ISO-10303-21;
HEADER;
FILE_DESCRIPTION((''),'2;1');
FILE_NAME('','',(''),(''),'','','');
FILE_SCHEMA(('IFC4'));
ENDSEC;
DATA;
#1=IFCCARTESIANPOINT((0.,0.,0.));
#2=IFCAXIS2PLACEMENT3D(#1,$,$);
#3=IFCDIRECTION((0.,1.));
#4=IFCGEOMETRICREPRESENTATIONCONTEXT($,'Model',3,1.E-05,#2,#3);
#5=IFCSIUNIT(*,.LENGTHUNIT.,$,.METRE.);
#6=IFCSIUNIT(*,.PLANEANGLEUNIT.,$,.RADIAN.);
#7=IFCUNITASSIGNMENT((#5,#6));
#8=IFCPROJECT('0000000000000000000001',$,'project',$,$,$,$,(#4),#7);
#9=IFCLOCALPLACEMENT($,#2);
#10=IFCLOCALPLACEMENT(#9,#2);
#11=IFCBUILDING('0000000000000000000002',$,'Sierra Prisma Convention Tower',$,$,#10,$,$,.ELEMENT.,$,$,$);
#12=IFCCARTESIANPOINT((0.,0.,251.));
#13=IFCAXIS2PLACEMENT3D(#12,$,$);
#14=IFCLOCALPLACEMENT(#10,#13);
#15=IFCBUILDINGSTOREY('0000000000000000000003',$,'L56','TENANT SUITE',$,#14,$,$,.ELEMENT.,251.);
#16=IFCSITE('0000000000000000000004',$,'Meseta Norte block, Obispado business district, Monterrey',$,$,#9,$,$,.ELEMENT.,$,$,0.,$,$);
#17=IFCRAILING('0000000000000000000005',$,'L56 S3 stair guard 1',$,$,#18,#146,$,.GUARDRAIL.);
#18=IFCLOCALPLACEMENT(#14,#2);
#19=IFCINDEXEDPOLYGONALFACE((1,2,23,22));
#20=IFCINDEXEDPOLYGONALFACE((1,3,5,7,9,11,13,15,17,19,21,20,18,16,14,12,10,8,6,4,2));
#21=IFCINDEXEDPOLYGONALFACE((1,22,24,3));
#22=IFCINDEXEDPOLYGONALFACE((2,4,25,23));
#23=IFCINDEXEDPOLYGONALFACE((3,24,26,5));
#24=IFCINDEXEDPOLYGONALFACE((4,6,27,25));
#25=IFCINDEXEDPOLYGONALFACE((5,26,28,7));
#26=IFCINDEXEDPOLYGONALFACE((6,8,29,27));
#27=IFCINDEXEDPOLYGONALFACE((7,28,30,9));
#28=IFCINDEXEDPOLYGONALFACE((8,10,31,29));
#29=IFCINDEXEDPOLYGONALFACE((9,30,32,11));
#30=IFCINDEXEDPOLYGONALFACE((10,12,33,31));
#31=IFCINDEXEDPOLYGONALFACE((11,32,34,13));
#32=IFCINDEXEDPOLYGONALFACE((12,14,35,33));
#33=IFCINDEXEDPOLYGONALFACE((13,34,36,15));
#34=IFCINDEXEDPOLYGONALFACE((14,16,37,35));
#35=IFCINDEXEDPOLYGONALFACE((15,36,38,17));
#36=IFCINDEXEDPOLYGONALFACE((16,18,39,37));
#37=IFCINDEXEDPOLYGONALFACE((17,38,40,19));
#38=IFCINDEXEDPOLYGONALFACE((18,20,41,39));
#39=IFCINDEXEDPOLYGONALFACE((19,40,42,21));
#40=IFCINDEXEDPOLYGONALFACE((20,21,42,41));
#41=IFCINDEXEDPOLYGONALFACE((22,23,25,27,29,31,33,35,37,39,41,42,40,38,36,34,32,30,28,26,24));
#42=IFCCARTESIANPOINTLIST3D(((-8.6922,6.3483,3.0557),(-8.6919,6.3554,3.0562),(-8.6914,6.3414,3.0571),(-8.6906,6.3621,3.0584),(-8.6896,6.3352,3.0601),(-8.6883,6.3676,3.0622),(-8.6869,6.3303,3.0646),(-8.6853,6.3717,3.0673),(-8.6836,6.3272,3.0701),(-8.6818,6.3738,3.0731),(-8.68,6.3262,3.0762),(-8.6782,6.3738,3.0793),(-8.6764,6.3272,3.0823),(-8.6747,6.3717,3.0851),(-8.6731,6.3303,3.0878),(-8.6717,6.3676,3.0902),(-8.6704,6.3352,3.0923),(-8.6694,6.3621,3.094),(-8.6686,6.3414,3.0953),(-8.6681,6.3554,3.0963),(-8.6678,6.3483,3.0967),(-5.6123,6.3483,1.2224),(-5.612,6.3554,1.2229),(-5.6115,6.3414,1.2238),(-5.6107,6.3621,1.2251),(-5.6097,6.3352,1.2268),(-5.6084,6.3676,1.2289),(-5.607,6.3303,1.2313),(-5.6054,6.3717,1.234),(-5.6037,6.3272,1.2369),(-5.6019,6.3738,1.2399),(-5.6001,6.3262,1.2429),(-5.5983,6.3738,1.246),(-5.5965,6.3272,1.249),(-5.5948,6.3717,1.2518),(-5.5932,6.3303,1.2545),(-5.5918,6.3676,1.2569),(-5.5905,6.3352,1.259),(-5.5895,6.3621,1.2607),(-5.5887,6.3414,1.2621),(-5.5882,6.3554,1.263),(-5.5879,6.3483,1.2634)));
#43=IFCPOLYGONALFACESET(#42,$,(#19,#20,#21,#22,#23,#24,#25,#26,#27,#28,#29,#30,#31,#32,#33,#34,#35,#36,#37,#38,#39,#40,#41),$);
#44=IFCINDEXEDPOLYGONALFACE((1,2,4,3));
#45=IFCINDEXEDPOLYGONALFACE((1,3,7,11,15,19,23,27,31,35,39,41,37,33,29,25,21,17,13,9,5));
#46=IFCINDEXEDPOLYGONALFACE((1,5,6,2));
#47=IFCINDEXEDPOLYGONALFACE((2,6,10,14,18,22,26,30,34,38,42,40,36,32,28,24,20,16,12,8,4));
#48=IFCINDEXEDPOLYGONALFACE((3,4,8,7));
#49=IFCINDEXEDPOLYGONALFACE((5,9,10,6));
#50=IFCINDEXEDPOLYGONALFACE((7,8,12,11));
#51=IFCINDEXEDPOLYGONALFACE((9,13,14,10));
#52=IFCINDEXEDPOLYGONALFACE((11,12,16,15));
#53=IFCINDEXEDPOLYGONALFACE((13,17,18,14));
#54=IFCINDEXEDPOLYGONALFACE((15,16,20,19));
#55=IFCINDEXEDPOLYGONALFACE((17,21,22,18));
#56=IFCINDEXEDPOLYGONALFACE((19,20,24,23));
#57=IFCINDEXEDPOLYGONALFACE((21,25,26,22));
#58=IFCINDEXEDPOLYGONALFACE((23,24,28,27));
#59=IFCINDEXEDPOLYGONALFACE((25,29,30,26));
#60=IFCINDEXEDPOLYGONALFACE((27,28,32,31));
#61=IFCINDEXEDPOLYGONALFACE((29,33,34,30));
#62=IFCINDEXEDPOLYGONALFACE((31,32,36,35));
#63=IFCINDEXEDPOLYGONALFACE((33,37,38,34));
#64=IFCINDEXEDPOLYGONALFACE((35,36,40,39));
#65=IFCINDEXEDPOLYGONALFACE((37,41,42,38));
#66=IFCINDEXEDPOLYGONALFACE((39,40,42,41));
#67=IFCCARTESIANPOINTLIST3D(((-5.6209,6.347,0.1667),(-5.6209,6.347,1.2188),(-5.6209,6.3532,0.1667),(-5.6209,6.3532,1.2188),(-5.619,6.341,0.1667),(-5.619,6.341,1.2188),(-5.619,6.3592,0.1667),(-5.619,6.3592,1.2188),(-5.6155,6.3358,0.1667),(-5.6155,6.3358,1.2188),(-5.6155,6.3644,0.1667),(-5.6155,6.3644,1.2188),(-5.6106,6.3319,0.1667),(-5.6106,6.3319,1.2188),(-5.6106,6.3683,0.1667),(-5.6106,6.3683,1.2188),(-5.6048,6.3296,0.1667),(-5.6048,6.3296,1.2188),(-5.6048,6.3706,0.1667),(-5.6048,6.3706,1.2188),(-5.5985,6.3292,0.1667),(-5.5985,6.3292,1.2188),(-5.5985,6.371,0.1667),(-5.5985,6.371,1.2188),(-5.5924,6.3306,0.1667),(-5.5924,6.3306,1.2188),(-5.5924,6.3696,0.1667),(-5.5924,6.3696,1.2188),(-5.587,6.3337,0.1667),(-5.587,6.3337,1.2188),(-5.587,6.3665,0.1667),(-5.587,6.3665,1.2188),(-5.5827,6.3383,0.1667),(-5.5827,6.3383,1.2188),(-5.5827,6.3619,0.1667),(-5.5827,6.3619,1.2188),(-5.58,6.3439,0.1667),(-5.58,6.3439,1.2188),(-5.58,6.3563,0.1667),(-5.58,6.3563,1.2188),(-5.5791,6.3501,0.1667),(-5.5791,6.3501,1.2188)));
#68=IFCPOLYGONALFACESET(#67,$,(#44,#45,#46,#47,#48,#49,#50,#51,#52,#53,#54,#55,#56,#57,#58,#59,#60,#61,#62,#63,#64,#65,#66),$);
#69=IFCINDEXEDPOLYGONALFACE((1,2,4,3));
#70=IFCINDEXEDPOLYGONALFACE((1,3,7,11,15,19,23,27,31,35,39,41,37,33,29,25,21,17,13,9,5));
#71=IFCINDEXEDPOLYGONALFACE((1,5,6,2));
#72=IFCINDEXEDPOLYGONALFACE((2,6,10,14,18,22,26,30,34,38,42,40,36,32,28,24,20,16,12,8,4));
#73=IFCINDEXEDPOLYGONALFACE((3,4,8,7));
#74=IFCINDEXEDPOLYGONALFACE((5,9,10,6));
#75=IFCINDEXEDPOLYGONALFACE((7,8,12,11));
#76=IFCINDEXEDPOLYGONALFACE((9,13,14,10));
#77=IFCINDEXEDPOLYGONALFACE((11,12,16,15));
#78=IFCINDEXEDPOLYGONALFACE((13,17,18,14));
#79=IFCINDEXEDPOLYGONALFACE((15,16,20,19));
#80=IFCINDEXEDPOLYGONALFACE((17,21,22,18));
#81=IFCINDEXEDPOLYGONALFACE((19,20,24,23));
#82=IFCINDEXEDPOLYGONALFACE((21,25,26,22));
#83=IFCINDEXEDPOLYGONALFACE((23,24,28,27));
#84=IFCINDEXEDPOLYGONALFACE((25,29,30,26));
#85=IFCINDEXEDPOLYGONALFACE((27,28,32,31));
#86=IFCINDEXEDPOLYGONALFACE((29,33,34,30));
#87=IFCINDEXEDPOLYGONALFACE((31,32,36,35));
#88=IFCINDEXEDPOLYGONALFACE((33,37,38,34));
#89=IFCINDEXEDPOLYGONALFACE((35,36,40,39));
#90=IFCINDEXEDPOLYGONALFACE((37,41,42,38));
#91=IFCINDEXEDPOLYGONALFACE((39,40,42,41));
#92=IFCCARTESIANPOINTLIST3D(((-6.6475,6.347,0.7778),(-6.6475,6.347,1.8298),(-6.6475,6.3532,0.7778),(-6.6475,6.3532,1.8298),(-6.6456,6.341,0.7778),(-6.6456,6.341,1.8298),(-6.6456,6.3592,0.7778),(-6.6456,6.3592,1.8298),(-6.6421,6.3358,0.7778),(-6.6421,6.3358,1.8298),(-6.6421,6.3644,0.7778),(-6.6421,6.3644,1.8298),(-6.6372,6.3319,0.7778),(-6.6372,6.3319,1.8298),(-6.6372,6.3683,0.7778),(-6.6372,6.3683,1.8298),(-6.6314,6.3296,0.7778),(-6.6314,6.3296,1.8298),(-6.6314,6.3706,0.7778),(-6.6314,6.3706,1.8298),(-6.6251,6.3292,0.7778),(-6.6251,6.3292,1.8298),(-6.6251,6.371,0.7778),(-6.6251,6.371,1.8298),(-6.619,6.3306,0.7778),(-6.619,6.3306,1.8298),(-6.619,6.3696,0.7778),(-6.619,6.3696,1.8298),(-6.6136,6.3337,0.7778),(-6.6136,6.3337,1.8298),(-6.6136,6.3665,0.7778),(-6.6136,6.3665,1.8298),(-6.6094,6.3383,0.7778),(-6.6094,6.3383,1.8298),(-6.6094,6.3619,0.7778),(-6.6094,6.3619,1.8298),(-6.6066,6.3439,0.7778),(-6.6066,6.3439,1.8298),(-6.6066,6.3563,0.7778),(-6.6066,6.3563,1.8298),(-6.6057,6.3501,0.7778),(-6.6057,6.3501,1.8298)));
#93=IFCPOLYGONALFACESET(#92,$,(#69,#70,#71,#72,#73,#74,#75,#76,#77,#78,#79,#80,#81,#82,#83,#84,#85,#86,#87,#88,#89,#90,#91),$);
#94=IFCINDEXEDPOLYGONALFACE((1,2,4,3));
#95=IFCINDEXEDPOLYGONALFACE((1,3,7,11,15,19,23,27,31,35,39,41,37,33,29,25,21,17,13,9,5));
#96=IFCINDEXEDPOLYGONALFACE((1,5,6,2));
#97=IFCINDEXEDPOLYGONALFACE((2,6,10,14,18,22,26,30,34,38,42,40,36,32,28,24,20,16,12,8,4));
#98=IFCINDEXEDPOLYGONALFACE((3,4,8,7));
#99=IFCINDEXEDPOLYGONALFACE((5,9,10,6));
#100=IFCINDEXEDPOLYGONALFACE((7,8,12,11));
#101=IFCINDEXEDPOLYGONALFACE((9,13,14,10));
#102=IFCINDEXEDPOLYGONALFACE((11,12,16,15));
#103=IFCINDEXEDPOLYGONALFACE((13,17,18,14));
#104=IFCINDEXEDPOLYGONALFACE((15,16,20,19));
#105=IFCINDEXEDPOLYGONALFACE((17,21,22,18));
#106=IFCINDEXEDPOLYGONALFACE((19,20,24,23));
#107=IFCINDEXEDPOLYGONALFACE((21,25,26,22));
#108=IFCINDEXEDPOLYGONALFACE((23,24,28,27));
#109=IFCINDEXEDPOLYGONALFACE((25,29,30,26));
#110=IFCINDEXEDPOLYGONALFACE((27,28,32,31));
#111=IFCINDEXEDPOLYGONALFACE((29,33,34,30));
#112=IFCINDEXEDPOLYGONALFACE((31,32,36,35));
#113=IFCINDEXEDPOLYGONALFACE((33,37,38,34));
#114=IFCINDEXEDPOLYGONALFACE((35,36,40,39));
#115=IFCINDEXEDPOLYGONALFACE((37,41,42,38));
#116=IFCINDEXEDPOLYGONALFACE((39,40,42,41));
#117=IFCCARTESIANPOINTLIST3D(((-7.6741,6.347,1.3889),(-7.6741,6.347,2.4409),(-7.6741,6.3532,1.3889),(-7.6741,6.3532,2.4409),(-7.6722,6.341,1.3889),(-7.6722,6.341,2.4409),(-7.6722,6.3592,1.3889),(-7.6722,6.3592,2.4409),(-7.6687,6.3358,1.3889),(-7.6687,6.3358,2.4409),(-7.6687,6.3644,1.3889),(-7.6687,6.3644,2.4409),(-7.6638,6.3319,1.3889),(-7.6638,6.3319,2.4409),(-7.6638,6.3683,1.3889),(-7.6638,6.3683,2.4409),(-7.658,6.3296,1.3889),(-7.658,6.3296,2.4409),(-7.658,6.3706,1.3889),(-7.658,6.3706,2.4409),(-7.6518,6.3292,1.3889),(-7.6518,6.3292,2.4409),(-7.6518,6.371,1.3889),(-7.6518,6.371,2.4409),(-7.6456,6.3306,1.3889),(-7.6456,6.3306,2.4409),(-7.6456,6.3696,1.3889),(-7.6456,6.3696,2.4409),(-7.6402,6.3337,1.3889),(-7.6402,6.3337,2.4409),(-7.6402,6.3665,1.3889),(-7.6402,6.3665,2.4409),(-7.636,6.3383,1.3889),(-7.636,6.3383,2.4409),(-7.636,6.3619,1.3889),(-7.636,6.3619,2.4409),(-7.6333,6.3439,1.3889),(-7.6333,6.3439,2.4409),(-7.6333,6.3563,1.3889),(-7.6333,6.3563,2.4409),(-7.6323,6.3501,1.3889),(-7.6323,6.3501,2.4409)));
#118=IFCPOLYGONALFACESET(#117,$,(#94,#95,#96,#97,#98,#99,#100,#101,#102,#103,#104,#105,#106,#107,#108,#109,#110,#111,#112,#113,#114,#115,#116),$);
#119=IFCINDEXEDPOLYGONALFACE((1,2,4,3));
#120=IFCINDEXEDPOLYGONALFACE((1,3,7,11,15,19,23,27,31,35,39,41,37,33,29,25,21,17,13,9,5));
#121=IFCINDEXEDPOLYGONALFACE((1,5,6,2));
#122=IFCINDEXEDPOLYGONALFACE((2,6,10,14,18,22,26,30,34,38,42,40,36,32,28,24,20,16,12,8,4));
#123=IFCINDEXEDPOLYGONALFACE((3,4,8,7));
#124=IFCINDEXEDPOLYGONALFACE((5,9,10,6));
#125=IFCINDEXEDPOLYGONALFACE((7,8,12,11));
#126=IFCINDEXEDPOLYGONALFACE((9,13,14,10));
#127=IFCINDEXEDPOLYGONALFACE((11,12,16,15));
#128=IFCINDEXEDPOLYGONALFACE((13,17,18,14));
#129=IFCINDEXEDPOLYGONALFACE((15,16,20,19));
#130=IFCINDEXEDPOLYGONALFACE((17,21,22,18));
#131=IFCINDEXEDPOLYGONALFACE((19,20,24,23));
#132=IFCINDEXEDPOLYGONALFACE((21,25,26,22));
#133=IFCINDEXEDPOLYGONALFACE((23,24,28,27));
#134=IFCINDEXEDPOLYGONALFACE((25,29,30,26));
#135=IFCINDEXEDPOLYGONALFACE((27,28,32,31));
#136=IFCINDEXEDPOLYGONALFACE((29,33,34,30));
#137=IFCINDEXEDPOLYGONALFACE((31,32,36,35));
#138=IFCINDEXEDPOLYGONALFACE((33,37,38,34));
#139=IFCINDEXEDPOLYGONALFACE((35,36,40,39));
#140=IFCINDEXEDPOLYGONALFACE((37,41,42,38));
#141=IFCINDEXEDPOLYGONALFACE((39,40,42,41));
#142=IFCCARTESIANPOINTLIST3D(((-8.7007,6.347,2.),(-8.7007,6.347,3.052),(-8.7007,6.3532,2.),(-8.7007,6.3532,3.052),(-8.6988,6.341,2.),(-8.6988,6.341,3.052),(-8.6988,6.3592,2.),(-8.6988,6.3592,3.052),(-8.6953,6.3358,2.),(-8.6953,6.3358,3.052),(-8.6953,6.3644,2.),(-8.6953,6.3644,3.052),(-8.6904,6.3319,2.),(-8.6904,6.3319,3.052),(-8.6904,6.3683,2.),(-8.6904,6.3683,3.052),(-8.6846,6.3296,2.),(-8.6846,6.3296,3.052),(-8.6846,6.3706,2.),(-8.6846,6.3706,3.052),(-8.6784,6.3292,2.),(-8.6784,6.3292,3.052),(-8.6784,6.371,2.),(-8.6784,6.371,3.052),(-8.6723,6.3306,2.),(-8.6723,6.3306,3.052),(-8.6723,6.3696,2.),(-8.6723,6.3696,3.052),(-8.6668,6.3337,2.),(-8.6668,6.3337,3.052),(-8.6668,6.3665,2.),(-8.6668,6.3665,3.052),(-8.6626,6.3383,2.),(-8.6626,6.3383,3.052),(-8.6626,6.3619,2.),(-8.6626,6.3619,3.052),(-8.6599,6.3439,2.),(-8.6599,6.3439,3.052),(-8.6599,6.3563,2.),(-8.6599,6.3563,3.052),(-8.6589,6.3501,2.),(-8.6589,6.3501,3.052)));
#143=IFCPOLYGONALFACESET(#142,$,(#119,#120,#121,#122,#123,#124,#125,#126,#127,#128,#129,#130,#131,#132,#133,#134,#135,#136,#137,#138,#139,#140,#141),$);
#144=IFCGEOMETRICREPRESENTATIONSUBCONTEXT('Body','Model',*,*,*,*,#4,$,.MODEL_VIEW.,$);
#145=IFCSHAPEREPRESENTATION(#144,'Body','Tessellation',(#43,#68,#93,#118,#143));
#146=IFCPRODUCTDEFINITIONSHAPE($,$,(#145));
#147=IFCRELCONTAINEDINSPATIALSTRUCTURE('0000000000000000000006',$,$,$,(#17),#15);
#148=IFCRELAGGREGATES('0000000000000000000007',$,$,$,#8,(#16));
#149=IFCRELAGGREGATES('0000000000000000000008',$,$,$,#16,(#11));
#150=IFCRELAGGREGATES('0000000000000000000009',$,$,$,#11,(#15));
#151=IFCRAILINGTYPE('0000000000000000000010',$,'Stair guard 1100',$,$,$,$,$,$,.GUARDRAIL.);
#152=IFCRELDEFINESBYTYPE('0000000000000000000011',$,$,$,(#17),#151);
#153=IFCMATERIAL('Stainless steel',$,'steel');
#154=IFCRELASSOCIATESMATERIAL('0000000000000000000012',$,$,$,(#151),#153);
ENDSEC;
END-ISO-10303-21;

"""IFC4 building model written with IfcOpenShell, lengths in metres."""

from ifc_helpers import new_model, si_unit, direction, frame, origin, origin_2d, place, context, subcontext, project, spatial, circle, extrude, material, type_object, element, save


model = new_model("IFC4")

# Units and contexts
model_context = context("Model", 3, precision=1e-05, world=origin(), true_north=direction((0.0, 1.0)))
body_context = subcontext(model_context, "Body", "Model", "MODEL_VIEW")
ifc_project = project(units=[si_unit("LENGTHUNIT", "METRE"), si_unit("PLANEANGLEUNIT", "RADIAN")], contexts=[model_context])

# Site, building, storey
site_placement = place(None, origin())
site = spatial("IfcSite", under=ifc_project, at=site_placement, Name="Meseta Norte block, Obispado business district, Monterrey", CompositionType="ELEMENT", RefElevation=0.0)
building_placement = place(site_placement, origin())
building = spatial("IfcBuilding", under=site, at=building_placement, Name="Sierra Prisma Convention Tower", CompositionType="ELEMENT")
storey_placement = place(building_placement, frame((0.0, 0.0, 251.0)))
storey = spatial("IfcBuildingStorey", under=building, at=storey_placement, Name="L56", Description="TENANT SUITE", CompositionType="ELEMENT", Elevation=251.0)

# Railing
ifc_material_1 = material(Name="Stainless steel", Category="steel")
railing_type_1 = type_object("IfcRailingType", Name="Stair guard 1100", PredefinedType="GUARDRAIL", material=ifc_material_1)
railing_1_placement = place(storey_placement, frame((-5.6001, 6.3501, 0.1667)))
element("IfcRailing", 1, at=railing_1_placement, inside=storey, type_object=railing_type_1, Name="L56 S3 stair guard 1", PredefinedType="GUARDRAIL", context=body_context, shape_type="SweptSolid", body=[
    extrude(circle(Radius=0.0239, at=origin_2d()), frame((0.0, 0.0, 1.0762), z_axis=(-0.859291, 0.0, 0.511487), x_axis=(0.0, -1.0, 0.0)), (0.0, 0.0, 1.0), 3.5842),
    extrude(circle(Radius=0.021, at=origin_2d()), origin(), (0.0, 0.0, 1.0), 1.052),
    extrude(circle(Radius=0.021, at=origin_2d()), frame((-1.0266, 0.0, 0.6111)), (0.0, 0.0, 1.0), 1.052),
    extrude(circle(Radius=0.021, at=origin_2d()), frame((-2.0532, 0.0, 1.2222)), (0.0, 0.0, 1.0), 1.052),
    extrude(circle(Radius=0.021, at=origin_2d()), frame((-3.0798, 0.0, 1.8333)), (0.0, 0.0, 1.0), 1.052),
])

save(model, "model.ifc")
